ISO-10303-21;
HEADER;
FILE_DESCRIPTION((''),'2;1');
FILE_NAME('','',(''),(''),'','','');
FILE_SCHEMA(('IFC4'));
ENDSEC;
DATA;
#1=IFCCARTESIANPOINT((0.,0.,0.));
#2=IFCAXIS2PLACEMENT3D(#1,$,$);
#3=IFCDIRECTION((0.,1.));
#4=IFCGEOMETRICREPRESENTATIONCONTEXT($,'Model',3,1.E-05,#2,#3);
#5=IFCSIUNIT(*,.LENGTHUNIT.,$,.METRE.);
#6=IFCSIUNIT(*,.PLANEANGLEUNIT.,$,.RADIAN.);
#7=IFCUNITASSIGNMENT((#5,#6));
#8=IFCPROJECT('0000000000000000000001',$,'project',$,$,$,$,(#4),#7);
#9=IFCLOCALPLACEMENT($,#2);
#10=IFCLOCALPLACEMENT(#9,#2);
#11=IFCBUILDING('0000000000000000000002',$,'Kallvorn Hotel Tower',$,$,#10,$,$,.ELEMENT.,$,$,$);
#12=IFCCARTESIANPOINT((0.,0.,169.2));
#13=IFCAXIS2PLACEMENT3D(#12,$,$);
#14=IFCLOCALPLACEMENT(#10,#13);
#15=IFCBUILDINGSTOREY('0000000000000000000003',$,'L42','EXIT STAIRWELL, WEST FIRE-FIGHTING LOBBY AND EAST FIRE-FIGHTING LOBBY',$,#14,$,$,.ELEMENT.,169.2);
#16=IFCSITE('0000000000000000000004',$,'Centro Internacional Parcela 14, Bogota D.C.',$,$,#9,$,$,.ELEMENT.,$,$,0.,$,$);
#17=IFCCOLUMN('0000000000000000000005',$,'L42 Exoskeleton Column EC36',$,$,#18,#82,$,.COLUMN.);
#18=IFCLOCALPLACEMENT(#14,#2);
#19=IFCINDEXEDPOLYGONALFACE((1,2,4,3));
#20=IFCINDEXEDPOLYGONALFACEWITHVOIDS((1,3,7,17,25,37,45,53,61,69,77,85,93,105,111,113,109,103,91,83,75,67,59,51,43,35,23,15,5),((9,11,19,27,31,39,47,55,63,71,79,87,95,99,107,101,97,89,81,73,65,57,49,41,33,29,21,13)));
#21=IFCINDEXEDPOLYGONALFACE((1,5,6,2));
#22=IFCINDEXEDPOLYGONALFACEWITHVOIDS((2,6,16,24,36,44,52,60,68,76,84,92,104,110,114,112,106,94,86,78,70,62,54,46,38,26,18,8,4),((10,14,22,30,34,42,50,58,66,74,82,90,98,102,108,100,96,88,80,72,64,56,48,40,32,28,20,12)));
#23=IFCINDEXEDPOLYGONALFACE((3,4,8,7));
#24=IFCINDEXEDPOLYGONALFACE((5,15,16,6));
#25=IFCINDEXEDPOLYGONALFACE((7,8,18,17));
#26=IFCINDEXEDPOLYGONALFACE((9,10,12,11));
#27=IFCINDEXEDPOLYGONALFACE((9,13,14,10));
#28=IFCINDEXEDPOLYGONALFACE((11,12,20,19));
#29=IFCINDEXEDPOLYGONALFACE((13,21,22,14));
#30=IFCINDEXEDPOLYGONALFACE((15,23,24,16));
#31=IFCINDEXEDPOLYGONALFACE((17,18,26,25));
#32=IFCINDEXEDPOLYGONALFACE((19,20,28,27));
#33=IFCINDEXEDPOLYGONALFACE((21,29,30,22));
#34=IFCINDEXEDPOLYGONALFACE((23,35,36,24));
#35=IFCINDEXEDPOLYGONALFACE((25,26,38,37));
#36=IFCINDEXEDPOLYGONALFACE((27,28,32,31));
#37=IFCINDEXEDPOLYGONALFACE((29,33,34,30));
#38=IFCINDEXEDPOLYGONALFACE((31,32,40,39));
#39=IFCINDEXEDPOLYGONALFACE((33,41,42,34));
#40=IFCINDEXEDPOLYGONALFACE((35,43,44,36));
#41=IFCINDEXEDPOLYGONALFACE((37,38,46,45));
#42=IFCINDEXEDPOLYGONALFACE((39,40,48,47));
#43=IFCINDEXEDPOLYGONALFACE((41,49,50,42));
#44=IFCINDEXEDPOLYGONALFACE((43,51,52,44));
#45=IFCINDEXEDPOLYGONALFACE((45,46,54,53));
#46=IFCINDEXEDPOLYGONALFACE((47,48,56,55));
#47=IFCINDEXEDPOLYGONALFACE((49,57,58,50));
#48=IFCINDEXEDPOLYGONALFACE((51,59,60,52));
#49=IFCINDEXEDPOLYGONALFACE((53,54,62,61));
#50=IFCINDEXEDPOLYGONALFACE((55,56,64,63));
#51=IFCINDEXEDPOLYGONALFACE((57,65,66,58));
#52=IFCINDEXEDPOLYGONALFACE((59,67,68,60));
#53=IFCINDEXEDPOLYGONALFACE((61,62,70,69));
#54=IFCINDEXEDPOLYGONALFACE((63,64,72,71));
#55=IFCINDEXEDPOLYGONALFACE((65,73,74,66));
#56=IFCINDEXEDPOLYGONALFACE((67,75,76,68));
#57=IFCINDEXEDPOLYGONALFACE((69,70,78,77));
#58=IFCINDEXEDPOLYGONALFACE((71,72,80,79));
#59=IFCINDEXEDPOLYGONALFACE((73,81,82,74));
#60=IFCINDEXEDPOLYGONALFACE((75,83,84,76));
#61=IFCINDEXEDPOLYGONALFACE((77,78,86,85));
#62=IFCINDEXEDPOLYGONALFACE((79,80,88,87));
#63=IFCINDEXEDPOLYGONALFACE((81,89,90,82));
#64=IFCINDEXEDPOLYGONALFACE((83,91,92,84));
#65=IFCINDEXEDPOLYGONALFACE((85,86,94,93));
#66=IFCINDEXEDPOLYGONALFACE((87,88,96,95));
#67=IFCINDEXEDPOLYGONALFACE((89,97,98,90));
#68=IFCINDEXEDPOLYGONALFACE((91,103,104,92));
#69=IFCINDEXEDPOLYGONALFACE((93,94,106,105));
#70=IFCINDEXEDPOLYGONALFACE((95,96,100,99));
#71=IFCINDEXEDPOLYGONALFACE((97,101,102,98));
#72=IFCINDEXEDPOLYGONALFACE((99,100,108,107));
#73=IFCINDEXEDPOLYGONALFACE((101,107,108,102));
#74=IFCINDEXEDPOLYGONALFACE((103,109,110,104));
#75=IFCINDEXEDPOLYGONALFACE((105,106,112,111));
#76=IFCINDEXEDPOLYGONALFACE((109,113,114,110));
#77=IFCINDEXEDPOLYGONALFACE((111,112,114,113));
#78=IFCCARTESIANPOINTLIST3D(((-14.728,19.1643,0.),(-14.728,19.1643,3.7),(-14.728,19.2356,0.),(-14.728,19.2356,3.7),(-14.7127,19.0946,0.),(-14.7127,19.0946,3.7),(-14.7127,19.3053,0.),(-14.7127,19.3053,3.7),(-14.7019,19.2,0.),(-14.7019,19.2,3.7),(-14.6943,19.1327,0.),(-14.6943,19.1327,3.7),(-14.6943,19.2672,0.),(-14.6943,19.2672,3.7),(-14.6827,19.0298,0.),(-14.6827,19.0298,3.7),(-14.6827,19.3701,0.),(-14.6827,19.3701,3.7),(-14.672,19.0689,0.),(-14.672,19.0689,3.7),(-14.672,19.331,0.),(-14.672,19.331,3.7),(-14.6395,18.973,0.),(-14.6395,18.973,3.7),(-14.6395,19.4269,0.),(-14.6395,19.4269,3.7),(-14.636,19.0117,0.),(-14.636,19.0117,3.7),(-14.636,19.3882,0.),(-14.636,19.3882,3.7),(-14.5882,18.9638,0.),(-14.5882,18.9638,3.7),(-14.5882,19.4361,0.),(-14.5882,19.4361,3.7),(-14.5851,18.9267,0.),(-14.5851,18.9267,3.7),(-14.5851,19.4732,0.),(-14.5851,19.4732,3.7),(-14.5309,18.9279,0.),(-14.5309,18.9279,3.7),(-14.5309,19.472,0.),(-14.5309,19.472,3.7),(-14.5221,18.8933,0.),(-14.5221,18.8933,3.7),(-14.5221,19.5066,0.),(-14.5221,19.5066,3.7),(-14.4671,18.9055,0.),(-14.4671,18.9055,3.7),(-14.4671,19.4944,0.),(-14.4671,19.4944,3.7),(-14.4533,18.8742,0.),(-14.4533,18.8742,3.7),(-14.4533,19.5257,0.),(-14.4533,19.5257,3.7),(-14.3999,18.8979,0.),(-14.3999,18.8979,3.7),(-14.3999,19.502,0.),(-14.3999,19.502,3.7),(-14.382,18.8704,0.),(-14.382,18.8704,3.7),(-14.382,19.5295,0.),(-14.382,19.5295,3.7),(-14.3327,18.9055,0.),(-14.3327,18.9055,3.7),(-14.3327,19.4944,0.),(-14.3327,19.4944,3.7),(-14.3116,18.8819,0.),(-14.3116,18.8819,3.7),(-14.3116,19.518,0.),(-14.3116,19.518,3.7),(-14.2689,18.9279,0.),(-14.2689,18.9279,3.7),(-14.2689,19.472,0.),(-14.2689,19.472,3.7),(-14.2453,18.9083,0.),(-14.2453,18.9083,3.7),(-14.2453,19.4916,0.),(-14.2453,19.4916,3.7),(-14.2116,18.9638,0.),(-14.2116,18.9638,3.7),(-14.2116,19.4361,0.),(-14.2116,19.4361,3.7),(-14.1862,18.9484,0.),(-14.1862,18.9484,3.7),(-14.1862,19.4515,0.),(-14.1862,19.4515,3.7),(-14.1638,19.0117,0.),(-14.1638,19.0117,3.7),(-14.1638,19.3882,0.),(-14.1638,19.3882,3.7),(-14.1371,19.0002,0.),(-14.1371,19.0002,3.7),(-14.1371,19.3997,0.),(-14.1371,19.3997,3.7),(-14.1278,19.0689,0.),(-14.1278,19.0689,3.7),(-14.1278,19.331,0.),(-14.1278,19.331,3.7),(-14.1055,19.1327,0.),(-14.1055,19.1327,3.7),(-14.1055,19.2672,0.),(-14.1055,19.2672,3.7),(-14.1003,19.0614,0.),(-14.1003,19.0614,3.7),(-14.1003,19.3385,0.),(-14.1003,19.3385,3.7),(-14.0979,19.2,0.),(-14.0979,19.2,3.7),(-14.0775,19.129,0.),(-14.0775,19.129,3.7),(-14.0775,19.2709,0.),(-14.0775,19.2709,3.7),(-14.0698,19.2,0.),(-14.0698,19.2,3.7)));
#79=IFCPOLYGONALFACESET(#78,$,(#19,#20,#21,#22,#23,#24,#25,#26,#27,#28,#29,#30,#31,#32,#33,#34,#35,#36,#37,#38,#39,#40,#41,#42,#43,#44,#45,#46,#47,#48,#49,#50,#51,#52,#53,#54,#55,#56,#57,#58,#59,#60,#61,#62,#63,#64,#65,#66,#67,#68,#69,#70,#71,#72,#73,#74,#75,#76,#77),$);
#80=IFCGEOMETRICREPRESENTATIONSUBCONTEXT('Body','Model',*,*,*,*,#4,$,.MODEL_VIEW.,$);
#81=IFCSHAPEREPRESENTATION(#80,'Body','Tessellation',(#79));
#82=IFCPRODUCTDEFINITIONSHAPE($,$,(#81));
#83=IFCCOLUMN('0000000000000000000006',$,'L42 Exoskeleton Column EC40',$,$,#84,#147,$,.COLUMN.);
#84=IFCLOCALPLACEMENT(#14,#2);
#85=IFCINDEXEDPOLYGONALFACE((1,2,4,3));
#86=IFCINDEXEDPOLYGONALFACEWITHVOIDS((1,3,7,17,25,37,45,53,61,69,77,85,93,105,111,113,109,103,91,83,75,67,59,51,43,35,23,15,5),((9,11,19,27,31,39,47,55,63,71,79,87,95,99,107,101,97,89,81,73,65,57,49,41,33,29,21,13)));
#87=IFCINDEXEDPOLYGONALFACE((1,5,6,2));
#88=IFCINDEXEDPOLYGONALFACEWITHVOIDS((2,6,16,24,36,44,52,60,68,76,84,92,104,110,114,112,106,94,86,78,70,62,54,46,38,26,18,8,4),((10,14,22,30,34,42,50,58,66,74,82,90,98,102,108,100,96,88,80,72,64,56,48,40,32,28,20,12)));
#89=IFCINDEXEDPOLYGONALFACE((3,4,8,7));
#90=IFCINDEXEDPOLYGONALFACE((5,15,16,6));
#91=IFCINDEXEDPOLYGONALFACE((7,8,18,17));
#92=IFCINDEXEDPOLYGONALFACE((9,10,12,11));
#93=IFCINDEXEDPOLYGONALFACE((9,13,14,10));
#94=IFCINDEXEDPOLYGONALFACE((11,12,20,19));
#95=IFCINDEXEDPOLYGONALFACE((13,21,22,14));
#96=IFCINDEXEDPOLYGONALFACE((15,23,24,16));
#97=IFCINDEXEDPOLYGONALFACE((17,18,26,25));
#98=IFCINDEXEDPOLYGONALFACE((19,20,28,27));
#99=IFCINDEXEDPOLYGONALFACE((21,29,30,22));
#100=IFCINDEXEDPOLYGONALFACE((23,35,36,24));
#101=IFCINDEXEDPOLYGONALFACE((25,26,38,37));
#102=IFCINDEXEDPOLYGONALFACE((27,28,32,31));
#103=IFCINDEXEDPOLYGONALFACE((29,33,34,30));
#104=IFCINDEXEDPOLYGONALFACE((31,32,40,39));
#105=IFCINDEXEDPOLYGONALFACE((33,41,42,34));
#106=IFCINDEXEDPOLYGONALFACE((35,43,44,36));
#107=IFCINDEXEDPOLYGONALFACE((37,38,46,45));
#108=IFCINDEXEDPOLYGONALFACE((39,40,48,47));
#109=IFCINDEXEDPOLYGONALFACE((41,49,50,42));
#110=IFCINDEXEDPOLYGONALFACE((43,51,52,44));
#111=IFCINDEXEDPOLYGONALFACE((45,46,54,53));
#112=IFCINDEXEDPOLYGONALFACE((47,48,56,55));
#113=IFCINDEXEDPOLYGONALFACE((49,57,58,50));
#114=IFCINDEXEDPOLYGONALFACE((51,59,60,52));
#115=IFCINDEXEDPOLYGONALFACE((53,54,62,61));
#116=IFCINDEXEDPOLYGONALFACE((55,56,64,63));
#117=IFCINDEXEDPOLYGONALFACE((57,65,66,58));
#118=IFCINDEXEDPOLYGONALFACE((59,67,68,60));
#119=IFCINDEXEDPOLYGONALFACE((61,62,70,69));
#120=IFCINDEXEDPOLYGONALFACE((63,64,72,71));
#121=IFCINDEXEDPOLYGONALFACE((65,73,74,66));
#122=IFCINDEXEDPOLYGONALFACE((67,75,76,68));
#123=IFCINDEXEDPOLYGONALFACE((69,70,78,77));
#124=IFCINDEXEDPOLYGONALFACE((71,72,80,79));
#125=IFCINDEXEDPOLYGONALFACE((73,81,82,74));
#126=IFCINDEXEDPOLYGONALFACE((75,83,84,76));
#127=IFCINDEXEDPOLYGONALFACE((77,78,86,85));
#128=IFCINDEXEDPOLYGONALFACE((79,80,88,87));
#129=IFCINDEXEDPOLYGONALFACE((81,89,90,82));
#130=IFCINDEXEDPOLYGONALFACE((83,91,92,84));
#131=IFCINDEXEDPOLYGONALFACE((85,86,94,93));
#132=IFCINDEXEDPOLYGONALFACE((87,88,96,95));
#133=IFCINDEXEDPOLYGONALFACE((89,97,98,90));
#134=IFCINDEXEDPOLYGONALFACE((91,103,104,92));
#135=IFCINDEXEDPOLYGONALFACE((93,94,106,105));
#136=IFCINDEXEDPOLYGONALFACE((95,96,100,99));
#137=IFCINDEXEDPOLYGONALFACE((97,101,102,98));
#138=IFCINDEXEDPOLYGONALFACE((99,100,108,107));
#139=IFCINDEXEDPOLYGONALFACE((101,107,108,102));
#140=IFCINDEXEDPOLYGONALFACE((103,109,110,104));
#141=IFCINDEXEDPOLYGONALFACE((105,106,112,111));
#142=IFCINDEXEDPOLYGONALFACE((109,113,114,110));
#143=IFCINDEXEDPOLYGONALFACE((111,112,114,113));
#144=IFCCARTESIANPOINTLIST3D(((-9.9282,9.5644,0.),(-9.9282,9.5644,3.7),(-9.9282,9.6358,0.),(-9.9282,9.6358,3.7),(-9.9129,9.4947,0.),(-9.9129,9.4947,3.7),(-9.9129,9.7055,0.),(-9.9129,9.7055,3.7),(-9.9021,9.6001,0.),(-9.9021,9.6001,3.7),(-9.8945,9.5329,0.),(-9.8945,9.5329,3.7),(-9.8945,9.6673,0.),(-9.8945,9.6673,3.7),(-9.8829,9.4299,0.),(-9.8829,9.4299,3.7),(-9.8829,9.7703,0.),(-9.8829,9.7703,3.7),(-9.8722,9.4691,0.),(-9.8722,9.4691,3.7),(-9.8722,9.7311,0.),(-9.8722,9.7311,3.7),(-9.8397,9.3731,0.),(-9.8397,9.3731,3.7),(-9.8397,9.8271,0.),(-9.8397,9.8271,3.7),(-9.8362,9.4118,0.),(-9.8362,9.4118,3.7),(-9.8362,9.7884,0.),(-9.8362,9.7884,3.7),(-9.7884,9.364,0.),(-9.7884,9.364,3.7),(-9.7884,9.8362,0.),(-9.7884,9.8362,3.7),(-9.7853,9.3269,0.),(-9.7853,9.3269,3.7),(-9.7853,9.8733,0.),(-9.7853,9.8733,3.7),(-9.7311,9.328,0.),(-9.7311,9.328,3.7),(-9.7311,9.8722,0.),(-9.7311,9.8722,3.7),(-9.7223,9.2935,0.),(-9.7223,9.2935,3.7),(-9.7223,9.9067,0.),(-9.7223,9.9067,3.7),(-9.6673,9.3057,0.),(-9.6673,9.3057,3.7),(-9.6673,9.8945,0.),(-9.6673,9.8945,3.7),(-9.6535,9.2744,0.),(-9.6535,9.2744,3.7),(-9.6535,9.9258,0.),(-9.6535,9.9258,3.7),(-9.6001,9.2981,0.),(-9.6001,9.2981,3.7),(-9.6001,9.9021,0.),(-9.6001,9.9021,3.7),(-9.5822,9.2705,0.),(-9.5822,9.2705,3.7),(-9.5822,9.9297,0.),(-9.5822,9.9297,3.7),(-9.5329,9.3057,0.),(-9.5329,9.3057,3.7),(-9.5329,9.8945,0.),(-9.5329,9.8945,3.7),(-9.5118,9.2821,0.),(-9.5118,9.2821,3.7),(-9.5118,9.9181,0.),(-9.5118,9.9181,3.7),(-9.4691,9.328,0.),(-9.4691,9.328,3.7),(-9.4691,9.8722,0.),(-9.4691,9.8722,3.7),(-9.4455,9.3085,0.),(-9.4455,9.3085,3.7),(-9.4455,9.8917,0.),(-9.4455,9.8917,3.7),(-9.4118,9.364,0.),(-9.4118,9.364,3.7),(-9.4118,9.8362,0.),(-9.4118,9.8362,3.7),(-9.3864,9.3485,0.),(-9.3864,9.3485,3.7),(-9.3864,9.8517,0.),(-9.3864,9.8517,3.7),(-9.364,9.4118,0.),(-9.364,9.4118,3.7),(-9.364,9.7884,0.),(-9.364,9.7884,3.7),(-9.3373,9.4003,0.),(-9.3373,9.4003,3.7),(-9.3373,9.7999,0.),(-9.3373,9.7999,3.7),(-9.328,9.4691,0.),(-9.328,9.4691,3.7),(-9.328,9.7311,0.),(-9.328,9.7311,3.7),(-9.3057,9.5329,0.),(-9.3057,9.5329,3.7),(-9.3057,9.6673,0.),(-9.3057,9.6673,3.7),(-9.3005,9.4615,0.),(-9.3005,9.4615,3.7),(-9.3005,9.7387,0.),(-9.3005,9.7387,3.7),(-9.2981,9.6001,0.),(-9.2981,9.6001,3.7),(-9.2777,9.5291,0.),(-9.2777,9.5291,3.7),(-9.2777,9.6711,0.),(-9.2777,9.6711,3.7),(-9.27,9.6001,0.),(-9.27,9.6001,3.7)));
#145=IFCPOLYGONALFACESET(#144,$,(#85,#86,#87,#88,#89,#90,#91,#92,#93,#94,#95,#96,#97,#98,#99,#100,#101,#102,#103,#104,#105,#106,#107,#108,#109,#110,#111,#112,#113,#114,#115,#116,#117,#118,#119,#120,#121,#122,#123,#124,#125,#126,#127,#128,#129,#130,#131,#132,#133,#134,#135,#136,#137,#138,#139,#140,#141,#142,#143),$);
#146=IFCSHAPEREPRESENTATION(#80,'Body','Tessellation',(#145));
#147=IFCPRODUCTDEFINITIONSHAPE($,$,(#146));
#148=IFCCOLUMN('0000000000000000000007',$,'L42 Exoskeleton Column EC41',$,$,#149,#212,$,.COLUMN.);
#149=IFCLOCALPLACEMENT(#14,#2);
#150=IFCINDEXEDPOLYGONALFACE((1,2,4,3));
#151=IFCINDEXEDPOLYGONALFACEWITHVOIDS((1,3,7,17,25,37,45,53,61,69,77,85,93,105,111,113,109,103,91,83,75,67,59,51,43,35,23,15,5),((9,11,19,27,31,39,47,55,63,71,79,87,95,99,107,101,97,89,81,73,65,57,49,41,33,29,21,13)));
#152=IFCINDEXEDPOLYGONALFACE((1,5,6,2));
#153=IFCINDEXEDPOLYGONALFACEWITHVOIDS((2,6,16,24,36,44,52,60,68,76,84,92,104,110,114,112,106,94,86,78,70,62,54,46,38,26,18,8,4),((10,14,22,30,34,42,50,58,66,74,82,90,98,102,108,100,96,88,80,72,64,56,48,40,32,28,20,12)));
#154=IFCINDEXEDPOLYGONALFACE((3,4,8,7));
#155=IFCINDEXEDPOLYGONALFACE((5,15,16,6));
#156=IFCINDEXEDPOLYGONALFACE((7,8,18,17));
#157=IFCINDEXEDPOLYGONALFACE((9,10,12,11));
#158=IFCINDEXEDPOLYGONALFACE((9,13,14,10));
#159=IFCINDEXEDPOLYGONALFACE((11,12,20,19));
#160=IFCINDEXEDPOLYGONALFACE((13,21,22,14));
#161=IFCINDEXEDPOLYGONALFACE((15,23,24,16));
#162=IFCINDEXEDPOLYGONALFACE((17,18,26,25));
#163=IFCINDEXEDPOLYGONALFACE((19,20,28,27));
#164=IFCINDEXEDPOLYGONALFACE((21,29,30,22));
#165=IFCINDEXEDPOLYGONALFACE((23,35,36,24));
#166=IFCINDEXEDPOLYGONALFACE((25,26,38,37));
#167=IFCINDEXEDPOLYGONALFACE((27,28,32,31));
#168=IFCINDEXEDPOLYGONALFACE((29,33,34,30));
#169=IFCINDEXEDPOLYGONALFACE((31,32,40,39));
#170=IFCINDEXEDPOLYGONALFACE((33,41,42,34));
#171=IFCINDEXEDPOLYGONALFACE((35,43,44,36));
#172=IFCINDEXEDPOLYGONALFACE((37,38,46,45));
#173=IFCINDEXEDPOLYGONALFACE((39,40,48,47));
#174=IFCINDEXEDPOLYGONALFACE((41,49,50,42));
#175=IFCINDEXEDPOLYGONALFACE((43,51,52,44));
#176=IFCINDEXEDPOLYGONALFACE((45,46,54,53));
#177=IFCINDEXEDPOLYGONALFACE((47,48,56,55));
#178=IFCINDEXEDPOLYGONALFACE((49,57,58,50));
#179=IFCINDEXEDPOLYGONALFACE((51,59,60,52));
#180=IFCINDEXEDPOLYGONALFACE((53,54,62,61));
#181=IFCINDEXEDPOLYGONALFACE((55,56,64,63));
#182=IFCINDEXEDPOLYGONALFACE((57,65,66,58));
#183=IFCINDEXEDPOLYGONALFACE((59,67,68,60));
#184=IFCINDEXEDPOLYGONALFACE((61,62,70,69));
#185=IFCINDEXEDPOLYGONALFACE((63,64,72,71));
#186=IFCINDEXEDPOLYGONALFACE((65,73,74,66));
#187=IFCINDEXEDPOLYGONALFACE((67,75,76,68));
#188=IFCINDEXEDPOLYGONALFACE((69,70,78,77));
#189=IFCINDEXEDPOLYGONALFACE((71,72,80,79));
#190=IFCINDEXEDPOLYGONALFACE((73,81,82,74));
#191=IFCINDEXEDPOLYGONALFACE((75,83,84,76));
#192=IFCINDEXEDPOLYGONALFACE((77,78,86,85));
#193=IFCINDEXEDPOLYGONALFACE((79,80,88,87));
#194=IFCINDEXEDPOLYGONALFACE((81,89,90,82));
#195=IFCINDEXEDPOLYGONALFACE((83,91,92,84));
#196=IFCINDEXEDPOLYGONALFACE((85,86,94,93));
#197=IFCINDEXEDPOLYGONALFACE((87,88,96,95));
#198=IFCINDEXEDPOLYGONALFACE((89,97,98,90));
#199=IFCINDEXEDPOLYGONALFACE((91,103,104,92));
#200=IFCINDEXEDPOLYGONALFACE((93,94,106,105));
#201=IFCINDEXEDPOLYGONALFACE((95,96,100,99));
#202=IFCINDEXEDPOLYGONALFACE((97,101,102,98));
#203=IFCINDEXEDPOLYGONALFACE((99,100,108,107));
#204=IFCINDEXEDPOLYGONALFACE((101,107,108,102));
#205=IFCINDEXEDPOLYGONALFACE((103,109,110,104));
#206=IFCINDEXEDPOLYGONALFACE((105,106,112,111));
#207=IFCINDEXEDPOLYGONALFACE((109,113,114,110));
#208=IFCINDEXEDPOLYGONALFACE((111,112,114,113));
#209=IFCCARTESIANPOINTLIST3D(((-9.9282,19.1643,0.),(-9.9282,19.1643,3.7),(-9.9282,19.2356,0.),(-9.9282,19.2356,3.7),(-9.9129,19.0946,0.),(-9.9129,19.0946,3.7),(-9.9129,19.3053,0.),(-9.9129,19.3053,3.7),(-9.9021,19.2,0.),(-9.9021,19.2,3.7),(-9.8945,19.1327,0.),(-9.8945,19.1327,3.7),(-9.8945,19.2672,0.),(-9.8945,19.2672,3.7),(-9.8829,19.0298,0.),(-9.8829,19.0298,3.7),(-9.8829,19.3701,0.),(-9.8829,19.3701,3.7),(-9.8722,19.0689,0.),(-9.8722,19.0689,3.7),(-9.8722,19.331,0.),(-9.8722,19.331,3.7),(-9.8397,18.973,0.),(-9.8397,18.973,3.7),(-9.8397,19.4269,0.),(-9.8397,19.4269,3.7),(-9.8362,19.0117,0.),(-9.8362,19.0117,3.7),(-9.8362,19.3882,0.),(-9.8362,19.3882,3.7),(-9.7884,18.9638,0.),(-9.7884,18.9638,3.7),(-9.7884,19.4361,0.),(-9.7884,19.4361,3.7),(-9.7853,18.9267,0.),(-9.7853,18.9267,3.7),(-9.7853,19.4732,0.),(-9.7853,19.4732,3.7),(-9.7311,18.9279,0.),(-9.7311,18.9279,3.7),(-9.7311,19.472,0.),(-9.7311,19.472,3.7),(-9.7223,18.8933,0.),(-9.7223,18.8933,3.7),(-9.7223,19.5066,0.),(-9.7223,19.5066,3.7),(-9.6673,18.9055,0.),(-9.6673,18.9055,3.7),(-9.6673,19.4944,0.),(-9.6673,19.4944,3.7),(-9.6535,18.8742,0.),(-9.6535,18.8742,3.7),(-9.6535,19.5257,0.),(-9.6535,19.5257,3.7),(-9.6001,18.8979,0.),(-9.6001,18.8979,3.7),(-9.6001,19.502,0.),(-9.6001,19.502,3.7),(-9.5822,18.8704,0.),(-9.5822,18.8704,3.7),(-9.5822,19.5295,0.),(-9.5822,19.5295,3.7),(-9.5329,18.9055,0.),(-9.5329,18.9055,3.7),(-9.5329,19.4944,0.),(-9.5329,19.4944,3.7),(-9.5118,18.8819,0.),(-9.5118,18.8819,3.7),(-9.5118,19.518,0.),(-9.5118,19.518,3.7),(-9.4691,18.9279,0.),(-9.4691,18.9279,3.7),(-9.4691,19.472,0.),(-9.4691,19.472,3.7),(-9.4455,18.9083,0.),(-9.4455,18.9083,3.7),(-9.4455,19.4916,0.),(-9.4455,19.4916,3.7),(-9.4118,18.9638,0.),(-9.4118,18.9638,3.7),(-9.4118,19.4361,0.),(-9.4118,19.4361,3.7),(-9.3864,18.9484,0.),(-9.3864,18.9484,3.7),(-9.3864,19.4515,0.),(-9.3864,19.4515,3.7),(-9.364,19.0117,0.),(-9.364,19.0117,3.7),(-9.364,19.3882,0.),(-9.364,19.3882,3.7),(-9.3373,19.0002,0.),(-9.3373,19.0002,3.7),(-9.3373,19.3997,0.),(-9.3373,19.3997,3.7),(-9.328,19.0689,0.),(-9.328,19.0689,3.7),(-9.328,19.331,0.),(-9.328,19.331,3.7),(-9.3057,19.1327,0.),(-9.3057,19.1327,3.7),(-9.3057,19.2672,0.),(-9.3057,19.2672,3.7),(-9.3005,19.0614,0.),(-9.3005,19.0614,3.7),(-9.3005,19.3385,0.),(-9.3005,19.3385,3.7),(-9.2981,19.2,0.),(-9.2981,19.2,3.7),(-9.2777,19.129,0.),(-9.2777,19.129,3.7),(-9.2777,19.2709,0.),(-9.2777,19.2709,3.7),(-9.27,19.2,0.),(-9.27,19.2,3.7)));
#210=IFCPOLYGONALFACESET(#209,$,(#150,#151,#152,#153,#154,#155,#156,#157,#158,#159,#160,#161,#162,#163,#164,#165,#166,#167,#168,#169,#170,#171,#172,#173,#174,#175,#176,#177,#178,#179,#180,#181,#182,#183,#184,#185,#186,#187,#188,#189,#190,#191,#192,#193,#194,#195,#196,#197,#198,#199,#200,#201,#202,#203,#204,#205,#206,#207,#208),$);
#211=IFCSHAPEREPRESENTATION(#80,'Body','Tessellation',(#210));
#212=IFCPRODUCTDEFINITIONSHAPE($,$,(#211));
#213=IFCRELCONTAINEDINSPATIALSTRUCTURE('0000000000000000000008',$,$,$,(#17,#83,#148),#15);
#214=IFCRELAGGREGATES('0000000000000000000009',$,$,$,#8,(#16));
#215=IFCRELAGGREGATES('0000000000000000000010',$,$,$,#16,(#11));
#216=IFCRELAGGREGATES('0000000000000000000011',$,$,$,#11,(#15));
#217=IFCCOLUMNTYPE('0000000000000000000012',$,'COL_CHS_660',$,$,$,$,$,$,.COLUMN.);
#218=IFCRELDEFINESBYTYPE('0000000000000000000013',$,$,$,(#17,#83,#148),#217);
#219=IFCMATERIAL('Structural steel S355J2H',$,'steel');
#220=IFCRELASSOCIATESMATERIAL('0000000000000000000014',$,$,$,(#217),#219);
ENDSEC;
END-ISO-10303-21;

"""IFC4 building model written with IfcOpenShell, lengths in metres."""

from ifc_helpers import new_model, si_unit, direction, frame, origin, origin_2d, place, context, subcontext, project, spatial, hollow_circle, extrude, material, material_profile, profile_set, type_object, element, save


model = new_model("IFC4")

# Units and contexts
model_context = context("Model", 3, precision=1e-05, world=origin(), true_north=direction((0.0, 1.0)))
body_context = subcontext(model_context, "Body", "Model", "MODEL_VIEW")
ifc_project = project(units=[si_unit("LENGTHUNIT", "METRE"), si_unit("PLANEANGLEUNIT", "RADIAN")], contexts=[model_context])

# Site, building, storey
site_placement = place(None, origin())
site = spatial("IfcSite", under=ifc_project, at=site_placement, Name="Centro Internacional Parcela 14, Bogota D.C.", CompositionType="ELEMENT", RefElevation=0.0)
building_placement = place(site_placement, origin())
building = spatial("IfcBuilding", under=site, at=building_placement, Name="Kallvorn Hotel Tower", CompositionType="ELEMENT")
storey_placement = place(building_placement, frame((0.0, 0.0, 169.2)))
storey = spatial("IfcBuildingStorey", under=building, at=storey_placement, Name="L42", Description="EXIT STAIRWELL, WEST FIRE-FIGHTING LOBBY AND EAST FIRE-FIGHTING LOBBY", CompositionType="ELEMENT", Elevation=169.2)

# Columns
ifc_material_1 = material(Name="Structural steel S355J2H", Category="steel")
ifc_material_profile_1 = material_profile(ifc_material_1, hollow_circle(Radius=0.3301, WallThickness=0.0281, at=origin_2d()), Name="CHS 660x28")
ifc_profile_set_1 = profile_set([ifc_material_profile_1], Name="Structural steel S355J2H")
column_type_1 = type_object("IfcColumnType", Name="COL_CHS_660", PredefinedType="COLUMN", material=ifc_profile_set_1)
for number, where, z_axis, x_axis, name in (
    (1, (-14.3999, 19.2, 0.0), (0.0, 0.0, 1.0), (1.0, 0.0, 0.0), "L42 Exoskeleton Column EC36"),
    (2, (-9.6001, 9.6001, 0.0), (0.0, 0.0, 1.0), (1.0, 0.0, 0.0), "L42 Exoskeleton Column EC40"),
    (3, (-9.6001, 19.2, 0.0), (0.0, 0.0, 1.0), (1.0, 0.0, 0.0), "L42 Exoskeleton Column EC41"),
):
    element("IfcColumn", number, at=place(storey_placement, frame(where, z_axis=z_axis, x_axis=x_axis)), inside=storey, type_object=column_type_1, Name=name, PredefinedType="COLUMN", context=body_context, shape_type="SweptSolid", body=[
        extrude(hollow_circle(Radius=0.3301, WallThickness=0.0281, at=origin_2d()), origin(), (0.0, 0.0, 1.0), 3.7),
    ])

save(model, "model.ifc")
